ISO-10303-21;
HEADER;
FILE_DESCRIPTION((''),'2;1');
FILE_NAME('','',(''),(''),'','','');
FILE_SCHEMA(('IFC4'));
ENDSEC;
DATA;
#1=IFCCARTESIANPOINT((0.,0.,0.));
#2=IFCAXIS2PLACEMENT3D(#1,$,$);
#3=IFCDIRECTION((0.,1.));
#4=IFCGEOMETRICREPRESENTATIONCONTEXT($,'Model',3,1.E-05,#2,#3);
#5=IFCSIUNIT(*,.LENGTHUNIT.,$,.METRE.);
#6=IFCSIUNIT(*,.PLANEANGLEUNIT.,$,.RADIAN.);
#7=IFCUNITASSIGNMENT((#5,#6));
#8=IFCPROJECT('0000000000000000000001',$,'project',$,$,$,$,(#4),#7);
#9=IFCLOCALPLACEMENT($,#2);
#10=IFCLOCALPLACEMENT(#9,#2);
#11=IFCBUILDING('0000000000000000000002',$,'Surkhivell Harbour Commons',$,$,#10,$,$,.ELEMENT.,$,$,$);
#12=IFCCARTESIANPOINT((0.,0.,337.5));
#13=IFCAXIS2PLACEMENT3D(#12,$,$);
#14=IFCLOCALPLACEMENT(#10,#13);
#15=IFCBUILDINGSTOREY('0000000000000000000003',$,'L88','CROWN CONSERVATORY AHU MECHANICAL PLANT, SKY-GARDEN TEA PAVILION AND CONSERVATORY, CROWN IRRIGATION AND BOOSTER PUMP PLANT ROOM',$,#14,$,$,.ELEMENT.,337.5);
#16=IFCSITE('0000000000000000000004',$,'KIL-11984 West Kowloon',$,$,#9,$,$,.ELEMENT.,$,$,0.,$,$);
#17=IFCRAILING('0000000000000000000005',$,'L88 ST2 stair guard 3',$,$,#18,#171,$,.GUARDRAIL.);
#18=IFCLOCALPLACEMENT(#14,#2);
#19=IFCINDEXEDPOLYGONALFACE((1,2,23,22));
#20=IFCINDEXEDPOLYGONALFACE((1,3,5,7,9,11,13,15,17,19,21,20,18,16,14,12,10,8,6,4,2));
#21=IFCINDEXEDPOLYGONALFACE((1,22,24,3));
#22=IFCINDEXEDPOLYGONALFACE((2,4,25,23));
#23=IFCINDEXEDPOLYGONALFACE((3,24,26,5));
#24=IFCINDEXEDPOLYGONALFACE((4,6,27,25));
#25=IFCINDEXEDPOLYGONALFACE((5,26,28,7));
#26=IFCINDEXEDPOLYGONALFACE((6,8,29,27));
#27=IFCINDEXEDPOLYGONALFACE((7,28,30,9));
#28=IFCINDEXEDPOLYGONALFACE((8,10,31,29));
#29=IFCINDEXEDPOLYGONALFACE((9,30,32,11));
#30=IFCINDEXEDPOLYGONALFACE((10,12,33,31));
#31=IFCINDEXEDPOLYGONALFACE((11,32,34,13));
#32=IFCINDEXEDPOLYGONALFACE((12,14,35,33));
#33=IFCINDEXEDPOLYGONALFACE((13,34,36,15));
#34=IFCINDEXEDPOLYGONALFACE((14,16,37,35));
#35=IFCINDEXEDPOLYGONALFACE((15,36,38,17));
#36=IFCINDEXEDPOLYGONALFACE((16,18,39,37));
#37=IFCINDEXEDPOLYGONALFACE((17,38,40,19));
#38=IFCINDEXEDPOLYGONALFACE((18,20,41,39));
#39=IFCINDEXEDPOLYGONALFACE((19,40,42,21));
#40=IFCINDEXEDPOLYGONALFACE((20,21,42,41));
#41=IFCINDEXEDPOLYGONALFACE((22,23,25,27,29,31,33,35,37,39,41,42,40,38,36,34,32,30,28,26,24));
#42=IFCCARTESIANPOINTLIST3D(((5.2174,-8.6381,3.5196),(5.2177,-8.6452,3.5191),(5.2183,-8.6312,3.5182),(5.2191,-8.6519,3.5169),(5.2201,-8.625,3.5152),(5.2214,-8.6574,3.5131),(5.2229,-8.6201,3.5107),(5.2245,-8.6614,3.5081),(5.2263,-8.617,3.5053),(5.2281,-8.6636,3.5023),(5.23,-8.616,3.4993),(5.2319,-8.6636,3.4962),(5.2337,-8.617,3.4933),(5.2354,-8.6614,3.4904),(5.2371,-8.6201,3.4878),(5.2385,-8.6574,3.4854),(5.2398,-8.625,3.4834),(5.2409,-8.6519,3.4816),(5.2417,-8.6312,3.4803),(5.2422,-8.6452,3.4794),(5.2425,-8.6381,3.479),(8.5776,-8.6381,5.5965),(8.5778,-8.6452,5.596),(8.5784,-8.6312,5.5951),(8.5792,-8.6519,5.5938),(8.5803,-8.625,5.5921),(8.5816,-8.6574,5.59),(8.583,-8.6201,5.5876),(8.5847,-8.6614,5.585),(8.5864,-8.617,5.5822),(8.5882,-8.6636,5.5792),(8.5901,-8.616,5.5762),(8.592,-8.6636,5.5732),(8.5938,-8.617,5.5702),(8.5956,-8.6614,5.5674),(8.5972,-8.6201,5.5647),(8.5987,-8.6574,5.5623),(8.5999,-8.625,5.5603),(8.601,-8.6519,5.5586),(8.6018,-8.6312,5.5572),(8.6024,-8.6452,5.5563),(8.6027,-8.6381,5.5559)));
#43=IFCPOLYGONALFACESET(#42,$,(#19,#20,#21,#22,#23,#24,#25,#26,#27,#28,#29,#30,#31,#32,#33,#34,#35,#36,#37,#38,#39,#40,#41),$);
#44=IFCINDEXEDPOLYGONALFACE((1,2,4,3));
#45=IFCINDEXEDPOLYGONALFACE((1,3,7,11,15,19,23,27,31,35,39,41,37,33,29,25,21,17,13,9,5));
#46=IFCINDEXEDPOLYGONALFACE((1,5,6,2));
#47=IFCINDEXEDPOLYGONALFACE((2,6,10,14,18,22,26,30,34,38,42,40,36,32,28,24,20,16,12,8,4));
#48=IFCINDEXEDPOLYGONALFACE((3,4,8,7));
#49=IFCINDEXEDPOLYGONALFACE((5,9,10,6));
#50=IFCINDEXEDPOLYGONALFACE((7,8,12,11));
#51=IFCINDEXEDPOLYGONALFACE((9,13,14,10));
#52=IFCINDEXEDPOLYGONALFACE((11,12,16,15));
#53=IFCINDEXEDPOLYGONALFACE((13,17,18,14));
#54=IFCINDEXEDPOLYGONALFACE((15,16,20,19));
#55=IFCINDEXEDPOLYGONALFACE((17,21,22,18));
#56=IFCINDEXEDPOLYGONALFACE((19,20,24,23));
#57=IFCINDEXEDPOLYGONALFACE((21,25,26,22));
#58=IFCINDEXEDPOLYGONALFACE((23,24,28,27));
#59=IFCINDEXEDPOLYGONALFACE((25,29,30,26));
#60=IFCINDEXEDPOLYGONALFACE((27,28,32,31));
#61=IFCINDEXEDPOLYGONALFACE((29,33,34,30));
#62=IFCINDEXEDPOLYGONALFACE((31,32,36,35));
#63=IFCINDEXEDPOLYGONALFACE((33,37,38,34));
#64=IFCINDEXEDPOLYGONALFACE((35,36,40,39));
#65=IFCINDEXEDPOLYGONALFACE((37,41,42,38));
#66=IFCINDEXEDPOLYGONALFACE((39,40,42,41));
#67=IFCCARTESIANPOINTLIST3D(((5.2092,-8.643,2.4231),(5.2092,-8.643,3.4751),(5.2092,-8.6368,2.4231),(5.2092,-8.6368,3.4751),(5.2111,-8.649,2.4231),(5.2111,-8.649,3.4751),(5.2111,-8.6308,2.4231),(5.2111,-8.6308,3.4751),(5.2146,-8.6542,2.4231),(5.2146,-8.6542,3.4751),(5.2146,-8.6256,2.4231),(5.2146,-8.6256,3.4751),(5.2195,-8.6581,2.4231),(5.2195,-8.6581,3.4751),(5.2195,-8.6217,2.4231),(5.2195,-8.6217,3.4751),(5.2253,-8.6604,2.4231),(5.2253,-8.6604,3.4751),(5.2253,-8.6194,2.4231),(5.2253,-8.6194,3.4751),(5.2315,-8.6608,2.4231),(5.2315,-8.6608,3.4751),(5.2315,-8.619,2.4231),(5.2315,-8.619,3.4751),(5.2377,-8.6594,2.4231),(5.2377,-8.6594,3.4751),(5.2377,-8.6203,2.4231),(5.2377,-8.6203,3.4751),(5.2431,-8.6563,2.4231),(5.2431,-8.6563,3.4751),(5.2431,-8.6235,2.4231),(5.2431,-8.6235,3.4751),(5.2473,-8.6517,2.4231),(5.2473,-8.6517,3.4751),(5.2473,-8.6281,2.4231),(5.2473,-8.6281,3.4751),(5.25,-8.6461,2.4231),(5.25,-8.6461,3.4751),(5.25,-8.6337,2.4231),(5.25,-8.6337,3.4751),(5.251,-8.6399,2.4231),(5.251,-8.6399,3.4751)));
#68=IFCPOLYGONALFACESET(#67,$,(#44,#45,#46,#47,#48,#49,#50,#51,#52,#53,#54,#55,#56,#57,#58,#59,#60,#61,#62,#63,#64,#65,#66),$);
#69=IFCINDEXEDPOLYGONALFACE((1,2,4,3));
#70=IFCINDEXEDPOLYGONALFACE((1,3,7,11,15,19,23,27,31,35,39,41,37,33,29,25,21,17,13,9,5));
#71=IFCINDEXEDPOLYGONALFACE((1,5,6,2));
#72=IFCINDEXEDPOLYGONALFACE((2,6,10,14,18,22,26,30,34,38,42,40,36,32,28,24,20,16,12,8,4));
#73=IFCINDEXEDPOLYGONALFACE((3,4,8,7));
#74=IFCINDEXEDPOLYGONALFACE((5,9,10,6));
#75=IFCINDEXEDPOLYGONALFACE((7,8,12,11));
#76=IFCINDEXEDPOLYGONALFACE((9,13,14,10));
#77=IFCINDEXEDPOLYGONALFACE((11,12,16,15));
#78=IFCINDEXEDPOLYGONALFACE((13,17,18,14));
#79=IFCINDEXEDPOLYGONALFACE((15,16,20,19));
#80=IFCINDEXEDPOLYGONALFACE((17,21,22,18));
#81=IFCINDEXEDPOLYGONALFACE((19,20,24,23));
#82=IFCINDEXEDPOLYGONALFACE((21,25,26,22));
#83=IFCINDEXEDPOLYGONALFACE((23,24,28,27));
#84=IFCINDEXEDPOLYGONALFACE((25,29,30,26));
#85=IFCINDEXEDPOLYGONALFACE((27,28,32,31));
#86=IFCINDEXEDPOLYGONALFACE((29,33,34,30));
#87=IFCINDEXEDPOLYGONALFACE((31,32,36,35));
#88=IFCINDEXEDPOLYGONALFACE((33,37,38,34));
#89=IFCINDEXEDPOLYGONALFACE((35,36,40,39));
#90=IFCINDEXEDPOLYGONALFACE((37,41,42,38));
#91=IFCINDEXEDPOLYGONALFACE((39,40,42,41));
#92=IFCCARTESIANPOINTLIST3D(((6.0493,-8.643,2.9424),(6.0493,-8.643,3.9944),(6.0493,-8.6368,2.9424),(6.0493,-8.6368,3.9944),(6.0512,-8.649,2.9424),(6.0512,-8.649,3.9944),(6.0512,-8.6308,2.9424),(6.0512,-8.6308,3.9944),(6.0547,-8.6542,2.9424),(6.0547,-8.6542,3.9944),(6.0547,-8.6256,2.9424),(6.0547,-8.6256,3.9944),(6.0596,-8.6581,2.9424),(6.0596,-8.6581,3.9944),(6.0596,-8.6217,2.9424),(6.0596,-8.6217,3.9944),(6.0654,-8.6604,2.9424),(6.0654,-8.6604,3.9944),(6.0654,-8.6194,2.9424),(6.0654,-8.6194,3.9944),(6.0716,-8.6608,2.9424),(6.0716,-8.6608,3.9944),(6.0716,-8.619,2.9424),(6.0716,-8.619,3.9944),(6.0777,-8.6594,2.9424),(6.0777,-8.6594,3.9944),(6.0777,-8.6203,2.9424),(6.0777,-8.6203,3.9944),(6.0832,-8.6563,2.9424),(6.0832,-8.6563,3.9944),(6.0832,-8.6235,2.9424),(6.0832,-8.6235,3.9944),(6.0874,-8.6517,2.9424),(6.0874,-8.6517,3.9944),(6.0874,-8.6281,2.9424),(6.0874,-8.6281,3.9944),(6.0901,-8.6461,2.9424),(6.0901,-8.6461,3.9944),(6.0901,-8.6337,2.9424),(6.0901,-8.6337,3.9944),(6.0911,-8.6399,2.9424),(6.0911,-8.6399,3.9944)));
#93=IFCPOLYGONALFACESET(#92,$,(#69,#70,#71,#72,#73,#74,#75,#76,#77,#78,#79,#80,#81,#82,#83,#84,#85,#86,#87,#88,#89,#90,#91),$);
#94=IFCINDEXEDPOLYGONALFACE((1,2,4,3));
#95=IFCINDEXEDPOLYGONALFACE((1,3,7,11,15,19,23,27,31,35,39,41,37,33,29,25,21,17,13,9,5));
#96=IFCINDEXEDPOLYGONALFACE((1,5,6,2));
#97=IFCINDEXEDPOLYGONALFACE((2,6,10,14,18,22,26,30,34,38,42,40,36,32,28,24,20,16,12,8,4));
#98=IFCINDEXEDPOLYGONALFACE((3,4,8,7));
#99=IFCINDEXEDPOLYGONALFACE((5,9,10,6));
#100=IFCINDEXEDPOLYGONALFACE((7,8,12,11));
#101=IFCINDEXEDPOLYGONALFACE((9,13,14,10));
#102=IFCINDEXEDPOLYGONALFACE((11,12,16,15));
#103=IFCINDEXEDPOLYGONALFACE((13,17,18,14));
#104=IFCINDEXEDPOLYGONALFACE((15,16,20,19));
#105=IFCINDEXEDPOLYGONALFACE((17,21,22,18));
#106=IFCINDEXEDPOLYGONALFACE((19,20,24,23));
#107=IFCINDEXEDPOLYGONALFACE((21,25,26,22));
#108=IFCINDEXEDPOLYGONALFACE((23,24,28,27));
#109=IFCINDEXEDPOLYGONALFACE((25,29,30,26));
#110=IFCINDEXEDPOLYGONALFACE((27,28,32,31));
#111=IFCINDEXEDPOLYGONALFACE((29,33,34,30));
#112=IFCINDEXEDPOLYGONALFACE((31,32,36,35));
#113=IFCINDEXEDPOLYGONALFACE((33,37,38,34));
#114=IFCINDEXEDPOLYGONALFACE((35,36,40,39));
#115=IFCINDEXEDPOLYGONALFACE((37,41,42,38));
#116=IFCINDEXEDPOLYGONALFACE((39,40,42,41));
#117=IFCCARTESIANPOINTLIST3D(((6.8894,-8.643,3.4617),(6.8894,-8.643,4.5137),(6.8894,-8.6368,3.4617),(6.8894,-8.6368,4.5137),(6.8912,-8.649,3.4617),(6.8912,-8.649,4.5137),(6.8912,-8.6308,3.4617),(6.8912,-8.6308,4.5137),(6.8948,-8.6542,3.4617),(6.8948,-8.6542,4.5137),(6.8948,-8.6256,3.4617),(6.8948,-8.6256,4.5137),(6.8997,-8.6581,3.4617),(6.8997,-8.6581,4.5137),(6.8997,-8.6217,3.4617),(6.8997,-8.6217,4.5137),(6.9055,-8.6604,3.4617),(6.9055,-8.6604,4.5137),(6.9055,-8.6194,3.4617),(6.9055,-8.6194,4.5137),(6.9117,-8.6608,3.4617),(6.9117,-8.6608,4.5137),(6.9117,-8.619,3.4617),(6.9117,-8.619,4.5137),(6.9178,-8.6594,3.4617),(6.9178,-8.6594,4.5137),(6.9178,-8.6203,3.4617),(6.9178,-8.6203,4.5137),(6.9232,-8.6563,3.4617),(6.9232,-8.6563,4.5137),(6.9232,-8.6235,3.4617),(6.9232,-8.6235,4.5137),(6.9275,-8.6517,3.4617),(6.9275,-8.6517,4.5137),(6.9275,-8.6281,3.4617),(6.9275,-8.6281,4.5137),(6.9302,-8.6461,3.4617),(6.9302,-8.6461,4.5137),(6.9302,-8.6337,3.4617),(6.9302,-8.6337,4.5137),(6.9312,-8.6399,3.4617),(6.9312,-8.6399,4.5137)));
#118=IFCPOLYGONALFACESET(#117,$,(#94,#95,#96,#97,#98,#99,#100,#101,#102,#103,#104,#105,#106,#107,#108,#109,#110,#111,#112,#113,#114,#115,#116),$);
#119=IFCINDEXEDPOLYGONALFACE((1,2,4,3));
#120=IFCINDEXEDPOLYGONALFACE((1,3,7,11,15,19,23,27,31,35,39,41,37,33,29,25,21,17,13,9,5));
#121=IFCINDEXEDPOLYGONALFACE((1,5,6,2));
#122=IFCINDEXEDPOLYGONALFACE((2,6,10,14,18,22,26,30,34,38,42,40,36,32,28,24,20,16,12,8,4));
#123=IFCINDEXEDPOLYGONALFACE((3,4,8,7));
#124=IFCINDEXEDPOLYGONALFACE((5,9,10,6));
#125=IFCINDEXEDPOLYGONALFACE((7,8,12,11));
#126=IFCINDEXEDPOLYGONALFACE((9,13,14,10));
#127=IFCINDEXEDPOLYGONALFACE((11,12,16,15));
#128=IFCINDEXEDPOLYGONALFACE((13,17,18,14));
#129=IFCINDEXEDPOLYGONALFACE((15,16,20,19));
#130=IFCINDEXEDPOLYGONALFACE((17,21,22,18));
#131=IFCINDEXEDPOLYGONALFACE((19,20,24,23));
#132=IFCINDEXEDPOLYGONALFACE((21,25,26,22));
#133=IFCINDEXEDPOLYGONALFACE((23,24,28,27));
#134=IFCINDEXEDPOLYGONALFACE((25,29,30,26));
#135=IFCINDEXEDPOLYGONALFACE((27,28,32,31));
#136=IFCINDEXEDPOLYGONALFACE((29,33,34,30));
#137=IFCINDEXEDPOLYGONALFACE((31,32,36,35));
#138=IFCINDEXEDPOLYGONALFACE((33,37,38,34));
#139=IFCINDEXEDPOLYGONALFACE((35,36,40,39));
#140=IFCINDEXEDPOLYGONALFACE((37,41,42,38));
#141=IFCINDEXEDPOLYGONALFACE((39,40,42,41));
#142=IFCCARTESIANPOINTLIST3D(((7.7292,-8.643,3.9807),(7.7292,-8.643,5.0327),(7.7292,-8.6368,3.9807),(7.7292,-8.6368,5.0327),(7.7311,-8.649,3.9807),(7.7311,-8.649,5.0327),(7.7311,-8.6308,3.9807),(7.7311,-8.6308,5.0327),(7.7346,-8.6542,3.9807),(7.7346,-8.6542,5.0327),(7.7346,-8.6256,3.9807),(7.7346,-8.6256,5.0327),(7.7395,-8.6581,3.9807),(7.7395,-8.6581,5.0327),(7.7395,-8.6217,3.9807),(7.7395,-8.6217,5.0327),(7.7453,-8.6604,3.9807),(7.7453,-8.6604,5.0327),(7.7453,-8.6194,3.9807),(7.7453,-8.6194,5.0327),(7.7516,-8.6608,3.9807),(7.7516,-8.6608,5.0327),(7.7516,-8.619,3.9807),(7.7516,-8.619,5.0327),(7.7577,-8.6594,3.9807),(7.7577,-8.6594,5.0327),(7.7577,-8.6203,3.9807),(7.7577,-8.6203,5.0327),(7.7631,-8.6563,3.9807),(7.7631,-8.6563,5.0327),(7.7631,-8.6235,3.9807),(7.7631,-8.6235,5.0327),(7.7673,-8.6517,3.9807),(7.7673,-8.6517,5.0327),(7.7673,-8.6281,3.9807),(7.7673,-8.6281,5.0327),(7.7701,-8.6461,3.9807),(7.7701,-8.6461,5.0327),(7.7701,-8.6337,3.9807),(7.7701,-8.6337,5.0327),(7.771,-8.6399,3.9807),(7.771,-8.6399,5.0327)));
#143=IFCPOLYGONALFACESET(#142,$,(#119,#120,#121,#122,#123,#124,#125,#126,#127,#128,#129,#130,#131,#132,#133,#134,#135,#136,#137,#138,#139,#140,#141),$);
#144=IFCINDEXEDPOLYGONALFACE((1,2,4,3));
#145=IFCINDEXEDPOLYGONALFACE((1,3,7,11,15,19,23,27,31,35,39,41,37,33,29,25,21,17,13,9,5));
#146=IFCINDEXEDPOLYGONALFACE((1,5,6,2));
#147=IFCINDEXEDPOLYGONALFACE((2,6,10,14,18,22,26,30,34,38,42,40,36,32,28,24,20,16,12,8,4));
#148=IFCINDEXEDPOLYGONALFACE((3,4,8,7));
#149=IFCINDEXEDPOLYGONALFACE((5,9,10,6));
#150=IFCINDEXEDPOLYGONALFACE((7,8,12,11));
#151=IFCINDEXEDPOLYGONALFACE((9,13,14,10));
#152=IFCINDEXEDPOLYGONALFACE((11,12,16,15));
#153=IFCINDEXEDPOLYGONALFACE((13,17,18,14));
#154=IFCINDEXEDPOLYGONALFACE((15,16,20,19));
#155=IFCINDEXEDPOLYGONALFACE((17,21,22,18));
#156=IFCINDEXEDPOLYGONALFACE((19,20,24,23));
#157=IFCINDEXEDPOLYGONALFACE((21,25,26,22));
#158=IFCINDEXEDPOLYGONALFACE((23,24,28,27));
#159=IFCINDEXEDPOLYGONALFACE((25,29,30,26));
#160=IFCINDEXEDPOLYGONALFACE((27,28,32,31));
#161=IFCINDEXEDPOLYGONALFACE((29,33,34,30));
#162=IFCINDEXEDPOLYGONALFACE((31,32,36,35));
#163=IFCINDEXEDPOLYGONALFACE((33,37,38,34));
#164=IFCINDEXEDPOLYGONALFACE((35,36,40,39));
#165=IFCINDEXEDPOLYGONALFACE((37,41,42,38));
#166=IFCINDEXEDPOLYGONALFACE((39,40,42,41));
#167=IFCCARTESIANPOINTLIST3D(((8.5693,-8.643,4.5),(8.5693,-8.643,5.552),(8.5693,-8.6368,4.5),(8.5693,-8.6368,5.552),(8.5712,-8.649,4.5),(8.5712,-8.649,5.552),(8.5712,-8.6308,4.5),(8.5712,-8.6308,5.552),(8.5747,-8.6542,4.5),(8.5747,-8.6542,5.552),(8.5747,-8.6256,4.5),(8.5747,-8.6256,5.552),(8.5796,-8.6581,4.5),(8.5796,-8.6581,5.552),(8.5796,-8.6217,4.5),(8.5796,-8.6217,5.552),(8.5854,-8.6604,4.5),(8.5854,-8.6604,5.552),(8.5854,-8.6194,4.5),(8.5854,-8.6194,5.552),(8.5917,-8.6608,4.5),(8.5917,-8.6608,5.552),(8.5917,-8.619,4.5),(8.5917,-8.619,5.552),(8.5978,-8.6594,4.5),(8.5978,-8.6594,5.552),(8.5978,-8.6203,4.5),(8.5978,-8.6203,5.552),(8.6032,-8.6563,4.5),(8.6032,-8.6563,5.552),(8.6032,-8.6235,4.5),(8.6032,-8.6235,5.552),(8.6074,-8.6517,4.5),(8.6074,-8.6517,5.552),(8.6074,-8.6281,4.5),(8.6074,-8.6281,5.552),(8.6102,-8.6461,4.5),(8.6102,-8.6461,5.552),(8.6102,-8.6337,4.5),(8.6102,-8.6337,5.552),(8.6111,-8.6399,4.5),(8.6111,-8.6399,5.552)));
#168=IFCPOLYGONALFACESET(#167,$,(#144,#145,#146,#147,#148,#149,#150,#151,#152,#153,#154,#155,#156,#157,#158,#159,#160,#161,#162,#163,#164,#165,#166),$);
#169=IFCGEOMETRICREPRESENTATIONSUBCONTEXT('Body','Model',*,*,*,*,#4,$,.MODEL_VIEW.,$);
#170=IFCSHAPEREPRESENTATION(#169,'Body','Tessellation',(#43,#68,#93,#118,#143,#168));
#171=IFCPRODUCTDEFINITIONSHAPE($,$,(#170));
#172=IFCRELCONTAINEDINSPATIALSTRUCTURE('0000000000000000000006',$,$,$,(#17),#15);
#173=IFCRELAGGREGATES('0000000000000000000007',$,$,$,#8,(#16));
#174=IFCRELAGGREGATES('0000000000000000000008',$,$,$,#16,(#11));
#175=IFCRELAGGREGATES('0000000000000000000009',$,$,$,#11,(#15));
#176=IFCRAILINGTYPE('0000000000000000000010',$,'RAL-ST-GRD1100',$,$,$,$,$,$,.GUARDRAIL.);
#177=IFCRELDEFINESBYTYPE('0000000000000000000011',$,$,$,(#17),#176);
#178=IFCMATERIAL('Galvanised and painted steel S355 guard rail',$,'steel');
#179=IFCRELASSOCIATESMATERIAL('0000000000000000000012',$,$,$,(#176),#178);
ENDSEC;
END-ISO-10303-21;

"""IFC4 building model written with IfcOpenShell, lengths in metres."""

from ifc_helpers import new_model, si_unit, direction, frame, origin, origin_2d, place, context, subcontext, project, spatial, circle, extrude, material, type_object, element, save


model = new_model("IFC4")

# Units and contexts
model_context = context("Model", 3, precision=1e-05, world=origin(), true_north=direction((0.0, 1.0)))
body_context = subcontext(model_context, "Body", "Model", "MODEL_VIEW")
ifc_project = project(units=[si_unit("LENGTHUNIT", "METRE"), si_unit("PLANEANGLEUNIT", "RADIAN")], contexts=[model_context])

# Site, building, storey
site_placement = place(None, origin())
site = spatial("IfcSite", under=ifc_project, at=site_placement, Name="KIL-11984 West Kowloon", CompositionType="ELEMENT", RefElevation=0.0)
building_placement = place(site_placement, origin())
building = spatial("IfcBuilding", under=site, at=building_placement, Name="Surkhivell Harbour Commons", CompositionType="ELEMENT")
storey_placement = place(building_placement, frame((0.0, 0.0, 337.5)))
storey = spatial("IfcBuildingStorey", under=building, at=storey_placement, Name="L88", Description="CROWN CONSERVATORY AHU MECHANICAL PLANT, SKY-GARDEN TEA PAVILION AND CONSERVATORY, CROWN IRRIGATION AND BOOSTER PUMP PLANT ROOM", CompositionType="ELEMENT", Elevation=337.5)

# Railing
ifc_material_1 = material(Name="Galvanised and painted steel S355 guard rail", Category="steel")
railing_type_1 = type_object("IfcRailingType", Name="RAL-ST-GRD1100", PredefinedType="GUARDRAIL", material=ifc_material_1)
railing_1_placement = place(storey_placement, frame((5.23, -8.6399, 2.4231)))
element("IfcRailing", 1, at=railing_1_placement, inside=storey, type_object=railing_type_1, Name="L88 ST2 stair guard 3", PredefinedType="GUARDRAIL", context=body_context, shape_type="SweptSolid", body=[
    extrude(circle(Radius=0.0239, at=origin_2d()), frame((0.0, 0.0, 1.0762), z_axis=(0.850623, 0.0, 0.525776), x_axis=(0.0, 1.0, 0.0)), (0.0, 0.0, 1.0), 3.9502),
    extrude(circle(Radius=0.021, at=origin_2d()), origin(), (0.0, 0.0, 1.0), 1.052),
    extrude(circle(Radius=0.021, at=origin_2d()), frame((0.8401, 0.0, 0.5193)), (0.0, 0.0, 1.0), 1.052),
    extrude(circle(Radius=0.021, at=origin_2d()), frame((1.6802, 0.0, 1.0386)), (0.0, 0.0, 1.0), 1.052),
    extrude(circle(Radius=0.021, at=origin_2d()), frame((2.52, 0.0, 1.5576)), (0.0, 0.0, 1.0), 1.052),
    extrude(circle(Radius=0.021, at=origin_2d()), frame((3.3601, 0.0, 2.0769)), (0.0, 0.0, 1.0), 1.052),
])

save(model, "model.ifc")
